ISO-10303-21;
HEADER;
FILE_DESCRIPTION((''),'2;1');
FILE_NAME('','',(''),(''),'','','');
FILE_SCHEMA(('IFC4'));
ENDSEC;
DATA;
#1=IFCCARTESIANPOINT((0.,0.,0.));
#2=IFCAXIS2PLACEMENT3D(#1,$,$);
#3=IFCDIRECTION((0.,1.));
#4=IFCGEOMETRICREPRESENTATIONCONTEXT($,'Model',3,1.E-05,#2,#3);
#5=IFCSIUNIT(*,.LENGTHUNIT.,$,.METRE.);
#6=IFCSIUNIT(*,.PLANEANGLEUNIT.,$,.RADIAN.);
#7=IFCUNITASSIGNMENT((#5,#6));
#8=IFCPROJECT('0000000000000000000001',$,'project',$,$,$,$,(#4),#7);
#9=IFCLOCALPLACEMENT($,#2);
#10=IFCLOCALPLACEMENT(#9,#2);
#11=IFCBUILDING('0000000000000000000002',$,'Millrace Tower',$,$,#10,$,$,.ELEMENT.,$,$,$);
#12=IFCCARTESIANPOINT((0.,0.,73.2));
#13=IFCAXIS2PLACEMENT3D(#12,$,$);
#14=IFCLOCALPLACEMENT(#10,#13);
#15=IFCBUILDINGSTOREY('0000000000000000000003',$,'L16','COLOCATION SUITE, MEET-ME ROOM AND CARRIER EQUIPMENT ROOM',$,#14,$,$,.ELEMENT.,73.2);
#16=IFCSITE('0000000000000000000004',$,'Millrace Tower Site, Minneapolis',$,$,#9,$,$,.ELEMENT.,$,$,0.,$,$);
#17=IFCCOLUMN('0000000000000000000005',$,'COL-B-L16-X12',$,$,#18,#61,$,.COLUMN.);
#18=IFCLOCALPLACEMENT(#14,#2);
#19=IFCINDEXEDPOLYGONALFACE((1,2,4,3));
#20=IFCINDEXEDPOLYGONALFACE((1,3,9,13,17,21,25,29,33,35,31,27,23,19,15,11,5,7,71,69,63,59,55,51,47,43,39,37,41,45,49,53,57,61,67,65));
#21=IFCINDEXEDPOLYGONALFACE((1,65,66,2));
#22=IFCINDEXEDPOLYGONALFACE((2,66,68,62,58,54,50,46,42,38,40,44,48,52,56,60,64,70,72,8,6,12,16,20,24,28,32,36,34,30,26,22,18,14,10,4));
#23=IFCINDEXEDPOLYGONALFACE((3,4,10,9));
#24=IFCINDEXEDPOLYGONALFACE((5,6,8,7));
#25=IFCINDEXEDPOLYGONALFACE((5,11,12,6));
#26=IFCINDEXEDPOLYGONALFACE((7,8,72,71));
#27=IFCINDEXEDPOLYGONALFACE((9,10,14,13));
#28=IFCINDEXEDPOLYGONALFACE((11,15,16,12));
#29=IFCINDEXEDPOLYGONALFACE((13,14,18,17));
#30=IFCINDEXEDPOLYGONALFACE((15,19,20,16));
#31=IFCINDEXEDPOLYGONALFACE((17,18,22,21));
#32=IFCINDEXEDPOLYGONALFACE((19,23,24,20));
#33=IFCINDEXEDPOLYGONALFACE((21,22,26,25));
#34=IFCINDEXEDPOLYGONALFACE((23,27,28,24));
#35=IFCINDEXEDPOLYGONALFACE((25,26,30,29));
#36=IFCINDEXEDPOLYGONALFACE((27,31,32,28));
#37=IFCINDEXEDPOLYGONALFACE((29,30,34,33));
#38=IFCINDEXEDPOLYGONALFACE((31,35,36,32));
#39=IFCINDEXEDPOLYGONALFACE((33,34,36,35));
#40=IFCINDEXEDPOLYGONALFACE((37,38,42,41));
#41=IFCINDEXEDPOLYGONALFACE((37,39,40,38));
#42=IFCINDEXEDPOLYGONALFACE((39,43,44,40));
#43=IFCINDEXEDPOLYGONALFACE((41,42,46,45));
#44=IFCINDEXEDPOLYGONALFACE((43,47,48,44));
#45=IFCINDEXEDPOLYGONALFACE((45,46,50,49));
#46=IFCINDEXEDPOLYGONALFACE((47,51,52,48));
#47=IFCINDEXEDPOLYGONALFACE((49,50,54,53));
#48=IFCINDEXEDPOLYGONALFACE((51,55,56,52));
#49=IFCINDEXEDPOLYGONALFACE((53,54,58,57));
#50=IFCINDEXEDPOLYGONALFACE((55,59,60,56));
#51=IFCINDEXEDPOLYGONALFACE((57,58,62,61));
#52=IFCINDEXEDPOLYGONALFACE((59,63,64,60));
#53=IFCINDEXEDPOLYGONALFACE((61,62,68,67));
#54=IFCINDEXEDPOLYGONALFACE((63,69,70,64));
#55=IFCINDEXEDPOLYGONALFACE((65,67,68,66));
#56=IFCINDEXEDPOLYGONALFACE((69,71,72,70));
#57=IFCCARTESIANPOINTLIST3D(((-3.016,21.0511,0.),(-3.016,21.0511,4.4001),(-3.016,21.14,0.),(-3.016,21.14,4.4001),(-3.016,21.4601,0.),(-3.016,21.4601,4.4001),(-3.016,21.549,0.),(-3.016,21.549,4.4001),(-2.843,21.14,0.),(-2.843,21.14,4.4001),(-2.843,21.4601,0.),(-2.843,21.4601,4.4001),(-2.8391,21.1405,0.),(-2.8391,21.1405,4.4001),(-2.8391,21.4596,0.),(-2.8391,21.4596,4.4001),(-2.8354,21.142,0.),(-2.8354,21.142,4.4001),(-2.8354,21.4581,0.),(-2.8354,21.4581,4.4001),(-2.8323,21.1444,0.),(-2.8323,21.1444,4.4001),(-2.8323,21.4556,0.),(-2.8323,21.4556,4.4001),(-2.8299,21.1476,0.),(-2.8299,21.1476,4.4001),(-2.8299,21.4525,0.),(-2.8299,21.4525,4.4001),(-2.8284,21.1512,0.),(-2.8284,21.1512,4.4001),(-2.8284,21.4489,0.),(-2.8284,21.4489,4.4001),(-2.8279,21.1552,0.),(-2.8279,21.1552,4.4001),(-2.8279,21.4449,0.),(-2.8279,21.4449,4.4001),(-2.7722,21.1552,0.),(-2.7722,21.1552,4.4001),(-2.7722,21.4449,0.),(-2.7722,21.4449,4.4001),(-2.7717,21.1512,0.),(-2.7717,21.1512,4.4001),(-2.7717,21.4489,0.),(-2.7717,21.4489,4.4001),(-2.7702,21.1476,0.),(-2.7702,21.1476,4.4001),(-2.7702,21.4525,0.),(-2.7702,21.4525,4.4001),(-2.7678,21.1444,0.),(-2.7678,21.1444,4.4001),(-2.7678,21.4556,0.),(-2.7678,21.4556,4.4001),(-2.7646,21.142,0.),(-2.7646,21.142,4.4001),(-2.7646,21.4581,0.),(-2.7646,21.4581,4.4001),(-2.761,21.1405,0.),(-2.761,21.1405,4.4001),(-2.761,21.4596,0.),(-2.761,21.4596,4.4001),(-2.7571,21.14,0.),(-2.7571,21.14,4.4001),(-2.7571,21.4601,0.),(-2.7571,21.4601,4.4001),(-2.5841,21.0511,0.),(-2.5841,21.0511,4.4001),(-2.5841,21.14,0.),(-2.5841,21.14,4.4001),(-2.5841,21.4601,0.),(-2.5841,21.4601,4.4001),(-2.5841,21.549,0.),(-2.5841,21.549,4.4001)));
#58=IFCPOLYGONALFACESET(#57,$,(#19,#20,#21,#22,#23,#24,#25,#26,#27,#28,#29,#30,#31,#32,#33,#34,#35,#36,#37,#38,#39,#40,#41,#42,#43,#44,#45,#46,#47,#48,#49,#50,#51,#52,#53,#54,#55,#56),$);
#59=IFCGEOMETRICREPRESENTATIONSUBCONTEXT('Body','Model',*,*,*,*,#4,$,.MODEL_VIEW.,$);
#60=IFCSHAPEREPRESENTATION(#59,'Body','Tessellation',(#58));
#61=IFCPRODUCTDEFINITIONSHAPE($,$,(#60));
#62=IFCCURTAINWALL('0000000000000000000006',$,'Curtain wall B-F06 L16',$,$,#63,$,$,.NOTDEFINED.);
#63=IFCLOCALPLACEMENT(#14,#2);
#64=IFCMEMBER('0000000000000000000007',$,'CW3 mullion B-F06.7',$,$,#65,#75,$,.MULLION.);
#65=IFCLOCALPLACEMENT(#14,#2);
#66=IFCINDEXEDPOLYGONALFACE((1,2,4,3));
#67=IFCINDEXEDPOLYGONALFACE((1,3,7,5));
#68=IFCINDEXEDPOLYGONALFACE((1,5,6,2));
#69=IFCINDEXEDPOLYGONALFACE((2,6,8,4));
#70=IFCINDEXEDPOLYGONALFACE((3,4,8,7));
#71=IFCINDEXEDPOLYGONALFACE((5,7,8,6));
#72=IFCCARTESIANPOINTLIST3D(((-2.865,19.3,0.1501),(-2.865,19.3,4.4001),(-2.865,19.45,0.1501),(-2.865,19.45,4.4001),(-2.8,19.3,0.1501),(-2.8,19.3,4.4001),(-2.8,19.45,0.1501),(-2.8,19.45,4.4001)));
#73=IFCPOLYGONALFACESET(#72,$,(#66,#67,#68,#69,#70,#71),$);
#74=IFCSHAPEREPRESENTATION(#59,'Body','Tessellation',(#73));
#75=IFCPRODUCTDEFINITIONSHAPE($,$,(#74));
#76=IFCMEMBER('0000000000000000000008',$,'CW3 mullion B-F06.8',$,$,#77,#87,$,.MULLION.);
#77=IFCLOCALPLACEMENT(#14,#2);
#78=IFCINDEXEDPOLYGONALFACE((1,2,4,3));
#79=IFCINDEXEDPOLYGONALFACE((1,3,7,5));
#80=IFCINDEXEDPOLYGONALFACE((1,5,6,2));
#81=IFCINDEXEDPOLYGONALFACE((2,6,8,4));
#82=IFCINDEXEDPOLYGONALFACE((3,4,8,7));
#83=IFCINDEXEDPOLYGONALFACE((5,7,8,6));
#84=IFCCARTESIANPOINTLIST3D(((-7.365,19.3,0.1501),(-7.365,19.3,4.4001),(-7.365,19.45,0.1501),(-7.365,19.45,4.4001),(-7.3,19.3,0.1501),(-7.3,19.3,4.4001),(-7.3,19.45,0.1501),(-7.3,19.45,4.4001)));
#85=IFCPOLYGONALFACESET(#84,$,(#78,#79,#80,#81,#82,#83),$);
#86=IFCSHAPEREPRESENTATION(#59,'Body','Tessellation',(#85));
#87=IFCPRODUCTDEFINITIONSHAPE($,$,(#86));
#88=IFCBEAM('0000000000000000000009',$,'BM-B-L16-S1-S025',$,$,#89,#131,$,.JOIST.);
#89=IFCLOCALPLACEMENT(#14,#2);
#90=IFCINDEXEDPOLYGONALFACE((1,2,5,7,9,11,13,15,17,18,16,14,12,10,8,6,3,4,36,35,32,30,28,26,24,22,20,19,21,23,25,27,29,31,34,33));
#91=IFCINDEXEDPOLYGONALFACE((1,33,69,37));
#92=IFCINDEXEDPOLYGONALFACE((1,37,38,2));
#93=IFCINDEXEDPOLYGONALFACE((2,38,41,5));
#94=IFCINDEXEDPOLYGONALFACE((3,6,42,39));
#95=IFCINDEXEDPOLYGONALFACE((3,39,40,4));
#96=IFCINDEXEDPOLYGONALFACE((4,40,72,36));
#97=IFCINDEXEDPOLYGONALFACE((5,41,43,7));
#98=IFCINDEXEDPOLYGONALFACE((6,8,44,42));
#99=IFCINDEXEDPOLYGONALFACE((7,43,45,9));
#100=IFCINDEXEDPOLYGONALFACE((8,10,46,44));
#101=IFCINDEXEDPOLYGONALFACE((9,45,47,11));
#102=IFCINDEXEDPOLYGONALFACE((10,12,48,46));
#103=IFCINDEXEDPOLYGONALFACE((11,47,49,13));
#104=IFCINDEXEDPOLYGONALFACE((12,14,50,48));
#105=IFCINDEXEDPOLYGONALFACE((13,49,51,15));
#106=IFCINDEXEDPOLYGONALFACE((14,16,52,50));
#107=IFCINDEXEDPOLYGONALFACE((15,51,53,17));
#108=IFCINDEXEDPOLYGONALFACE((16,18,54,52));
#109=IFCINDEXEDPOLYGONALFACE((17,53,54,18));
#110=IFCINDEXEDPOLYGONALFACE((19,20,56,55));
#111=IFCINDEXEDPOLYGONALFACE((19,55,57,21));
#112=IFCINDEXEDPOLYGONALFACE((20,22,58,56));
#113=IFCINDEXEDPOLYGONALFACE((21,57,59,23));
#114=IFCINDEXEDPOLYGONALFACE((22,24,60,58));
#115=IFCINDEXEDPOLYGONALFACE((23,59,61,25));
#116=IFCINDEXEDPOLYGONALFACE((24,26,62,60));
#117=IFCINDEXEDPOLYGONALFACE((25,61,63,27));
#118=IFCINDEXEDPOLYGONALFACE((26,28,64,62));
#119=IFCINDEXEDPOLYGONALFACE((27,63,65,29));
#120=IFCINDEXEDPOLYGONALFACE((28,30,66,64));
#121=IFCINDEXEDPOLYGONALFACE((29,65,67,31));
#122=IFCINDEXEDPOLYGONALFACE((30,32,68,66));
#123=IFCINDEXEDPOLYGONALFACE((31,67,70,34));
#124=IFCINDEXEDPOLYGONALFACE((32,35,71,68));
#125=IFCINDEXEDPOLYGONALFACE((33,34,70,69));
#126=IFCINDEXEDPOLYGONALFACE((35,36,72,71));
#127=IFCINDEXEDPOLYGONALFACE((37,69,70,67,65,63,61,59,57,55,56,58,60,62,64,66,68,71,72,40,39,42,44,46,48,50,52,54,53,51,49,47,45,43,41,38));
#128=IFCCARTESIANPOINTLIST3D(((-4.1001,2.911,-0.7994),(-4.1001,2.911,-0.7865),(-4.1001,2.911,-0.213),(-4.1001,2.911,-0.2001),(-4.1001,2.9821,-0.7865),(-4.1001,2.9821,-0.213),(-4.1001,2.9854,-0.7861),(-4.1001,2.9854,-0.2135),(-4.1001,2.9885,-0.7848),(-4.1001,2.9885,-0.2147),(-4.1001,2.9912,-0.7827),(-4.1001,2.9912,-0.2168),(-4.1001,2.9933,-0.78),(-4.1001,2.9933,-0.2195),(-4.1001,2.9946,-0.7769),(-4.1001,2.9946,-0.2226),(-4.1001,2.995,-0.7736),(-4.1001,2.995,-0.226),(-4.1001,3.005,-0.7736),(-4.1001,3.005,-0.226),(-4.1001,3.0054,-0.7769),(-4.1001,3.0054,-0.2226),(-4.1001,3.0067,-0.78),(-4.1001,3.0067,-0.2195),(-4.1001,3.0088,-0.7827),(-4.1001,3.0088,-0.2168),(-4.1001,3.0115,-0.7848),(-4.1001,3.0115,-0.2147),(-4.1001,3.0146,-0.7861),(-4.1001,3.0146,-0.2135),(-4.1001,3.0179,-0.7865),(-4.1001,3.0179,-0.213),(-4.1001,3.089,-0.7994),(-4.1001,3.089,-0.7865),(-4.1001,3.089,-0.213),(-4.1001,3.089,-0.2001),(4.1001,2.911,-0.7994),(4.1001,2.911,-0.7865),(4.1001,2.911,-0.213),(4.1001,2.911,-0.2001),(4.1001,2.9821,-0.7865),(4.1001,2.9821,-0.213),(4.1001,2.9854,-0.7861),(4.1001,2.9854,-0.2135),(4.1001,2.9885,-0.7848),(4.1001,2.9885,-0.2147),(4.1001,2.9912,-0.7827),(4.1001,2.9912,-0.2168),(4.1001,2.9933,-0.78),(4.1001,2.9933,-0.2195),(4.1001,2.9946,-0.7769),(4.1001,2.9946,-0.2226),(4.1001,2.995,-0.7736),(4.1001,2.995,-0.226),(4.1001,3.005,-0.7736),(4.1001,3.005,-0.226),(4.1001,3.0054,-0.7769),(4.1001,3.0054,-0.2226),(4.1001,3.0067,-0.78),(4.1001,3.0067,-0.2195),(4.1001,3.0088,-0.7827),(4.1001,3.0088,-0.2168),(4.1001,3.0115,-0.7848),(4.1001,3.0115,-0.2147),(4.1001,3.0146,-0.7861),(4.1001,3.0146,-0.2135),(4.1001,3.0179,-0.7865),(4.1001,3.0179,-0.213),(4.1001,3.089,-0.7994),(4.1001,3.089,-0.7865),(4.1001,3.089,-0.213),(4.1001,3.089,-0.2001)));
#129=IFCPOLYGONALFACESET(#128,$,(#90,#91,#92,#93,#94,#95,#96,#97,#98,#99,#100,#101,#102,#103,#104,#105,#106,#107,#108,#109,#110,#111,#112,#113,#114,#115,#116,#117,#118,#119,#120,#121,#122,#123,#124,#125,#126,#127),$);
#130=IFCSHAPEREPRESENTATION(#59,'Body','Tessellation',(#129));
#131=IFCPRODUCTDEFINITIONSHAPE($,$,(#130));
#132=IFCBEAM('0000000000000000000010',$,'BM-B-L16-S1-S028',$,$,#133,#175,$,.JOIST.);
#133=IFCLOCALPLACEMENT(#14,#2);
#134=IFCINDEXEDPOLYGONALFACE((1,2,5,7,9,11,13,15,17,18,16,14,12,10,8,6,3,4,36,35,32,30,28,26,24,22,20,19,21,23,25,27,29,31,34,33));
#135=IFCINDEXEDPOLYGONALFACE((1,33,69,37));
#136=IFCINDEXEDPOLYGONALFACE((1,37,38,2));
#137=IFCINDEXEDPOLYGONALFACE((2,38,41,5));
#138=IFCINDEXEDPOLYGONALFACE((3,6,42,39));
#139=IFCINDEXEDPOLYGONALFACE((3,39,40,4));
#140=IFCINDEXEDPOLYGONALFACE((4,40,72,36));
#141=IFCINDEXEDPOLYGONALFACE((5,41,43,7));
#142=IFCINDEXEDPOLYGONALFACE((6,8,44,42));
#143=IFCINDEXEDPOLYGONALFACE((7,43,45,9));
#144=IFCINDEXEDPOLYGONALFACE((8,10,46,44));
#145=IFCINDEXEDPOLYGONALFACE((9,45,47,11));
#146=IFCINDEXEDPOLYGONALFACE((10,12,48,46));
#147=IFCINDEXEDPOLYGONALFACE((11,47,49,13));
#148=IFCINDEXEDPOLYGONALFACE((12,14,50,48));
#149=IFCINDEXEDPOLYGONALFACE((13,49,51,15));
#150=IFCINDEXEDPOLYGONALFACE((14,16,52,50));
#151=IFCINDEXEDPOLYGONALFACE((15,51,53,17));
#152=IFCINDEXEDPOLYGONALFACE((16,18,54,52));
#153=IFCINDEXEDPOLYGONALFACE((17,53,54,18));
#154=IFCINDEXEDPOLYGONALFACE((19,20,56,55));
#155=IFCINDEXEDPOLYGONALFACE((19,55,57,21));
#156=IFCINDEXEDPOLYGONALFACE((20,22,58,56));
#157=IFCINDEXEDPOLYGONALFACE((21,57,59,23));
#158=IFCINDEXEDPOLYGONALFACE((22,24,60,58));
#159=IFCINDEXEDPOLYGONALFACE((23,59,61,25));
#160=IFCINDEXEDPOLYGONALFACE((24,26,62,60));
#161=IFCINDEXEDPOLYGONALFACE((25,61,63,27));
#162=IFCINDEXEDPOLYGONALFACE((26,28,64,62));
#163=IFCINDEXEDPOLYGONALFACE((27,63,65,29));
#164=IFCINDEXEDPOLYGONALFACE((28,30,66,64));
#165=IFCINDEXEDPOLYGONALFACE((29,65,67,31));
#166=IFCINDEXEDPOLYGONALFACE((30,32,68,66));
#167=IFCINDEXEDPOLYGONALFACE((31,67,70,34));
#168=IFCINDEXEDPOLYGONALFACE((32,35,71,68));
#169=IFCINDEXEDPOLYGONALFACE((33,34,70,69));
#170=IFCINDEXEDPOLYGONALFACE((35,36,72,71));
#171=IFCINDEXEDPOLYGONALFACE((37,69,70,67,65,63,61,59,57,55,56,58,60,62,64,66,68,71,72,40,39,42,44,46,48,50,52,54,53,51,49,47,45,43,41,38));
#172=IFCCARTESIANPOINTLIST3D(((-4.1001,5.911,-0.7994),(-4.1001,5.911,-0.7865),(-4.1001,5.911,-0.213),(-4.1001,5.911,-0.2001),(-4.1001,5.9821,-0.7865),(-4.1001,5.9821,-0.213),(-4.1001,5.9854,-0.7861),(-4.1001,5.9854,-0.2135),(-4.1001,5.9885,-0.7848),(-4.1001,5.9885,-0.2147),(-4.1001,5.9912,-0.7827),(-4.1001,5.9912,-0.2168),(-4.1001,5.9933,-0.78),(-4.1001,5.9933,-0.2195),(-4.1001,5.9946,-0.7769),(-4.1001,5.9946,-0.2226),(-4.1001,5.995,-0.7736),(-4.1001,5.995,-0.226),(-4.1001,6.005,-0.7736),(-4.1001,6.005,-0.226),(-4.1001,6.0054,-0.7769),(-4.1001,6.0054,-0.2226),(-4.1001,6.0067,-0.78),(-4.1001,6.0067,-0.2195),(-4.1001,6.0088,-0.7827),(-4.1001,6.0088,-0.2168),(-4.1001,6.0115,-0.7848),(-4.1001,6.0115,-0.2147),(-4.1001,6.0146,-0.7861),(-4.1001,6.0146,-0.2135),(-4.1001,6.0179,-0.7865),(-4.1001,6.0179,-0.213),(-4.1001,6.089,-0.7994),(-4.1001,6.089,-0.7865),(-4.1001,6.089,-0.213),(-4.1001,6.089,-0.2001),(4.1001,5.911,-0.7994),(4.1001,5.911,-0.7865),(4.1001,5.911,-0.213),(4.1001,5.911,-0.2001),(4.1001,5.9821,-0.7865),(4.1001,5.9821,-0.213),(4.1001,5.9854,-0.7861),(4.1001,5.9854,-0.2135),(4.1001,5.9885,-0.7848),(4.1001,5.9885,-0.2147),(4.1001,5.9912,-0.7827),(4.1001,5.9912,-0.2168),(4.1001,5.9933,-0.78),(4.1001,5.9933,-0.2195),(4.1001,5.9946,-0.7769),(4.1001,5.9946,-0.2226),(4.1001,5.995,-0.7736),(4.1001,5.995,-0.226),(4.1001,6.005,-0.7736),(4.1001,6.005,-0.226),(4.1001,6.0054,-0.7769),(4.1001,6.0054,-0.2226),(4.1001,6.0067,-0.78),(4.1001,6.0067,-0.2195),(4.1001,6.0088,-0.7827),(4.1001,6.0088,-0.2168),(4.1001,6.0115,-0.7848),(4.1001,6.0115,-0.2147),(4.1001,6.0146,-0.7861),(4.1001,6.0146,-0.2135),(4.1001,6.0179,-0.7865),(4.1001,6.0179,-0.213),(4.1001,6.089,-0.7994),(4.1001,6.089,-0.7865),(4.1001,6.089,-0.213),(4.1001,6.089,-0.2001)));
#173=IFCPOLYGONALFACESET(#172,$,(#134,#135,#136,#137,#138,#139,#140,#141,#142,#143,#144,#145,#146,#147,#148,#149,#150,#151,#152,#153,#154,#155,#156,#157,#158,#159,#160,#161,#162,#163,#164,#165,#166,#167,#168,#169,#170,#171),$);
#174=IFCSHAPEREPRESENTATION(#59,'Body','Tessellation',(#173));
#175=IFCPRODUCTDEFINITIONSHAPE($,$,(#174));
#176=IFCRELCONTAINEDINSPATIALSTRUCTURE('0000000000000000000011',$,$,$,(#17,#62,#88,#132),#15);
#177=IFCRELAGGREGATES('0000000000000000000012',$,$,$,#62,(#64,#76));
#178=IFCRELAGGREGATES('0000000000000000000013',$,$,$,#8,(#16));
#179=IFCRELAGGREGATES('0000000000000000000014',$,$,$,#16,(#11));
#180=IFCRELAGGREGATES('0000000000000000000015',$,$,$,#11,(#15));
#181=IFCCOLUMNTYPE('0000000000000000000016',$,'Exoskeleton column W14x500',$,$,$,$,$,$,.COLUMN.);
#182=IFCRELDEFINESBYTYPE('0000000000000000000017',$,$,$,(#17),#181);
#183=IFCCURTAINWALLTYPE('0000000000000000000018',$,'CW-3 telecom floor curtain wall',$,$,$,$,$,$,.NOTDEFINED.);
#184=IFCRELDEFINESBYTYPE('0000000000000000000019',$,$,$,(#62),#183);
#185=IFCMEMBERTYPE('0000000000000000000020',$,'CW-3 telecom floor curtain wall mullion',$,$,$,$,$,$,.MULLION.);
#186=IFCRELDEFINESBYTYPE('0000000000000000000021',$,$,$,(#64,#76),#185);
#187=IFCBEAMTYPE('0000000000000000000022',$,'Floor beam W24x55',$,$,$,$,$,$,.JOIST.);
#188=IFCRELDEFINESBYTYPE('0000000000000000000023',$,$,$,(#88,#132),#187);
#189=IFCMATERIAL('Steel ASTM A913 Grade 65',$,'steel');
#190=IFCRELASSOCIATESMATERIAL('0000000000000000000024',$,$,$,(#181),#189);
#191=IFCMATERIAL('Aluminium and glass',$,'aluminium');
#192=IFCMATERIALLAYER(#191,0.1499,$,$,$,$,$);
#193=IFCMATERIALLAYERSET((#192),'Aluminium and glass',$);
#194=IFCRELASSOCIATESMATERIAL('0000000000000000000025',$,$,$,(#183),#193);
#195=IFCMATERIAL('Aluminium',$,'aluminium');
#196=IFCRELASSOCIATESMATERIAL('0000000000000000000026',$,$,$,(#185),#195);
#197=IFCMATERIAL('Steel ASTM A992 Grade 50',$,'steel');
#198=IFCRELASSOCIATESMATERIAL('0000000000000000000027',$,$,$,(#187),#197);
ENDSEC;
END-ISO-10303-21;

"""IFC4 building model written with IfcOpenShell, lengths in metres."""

from ifc_helpers import new_model, si_unit, direction, frame, origin, origin_2d, place, context, subcontext, project, spatial, rectangle, i_section, extrude, material, layer, layer_set, material_profile, profile_set, type_object, element, aggregate, save


model = new_model("IFC4")

# Units and contexts
model_context = context("Model", 3, precision=1e-05, world=origin(), true_north=direction((0.0, 1.0)))
body_context = subcontext(model_context, "Body", "Model", "MODEL_VIEW")
ifc_project = project(units=[si_unit("LENGTHUNIT", "METRE"), si_unit("PLANEANGLEUNIT", "RADIAN")], contexts=[model_context])

# Site, building, storey
site_placement = place(None, origin())
site = spatial("IfcSite", under=ifc_project, at=site_placement, Name="Millrace Tower Site, Minneapolis", CompositionType="ELEMENT", RefElevation=0.0)
building_placement = place(site_placement, origin())
building = spatial("IfcBuilding", under=site, at=building_placement, Name="Millrace Tower", CompositionType="ELEMENT")
storey_placement = place(building_placement, frame((0.0, 0.0, 73.2)))
storey = spatial("IfcBuildingStorey", under=building, at=storey_placement, Name="L16", Description="COLOCATION SUITE, MEET-ME ROOM AND CARRIER EQUIPMENT ROOM", CompositionType="ELEMENT", Elevation=73.2)

# Column
ifc_material_1 = material(Name="Steel ASTM A913 Grade 65", Category="steel")
ifc_material_profile_1 = material_profile(ifc_material_1, i_section(OverallWidth=0.4319, OverallDepth=0.4978, WebThickness=0.0557, FlangeThickness=0.0889, FilletRadius=0.0151, at=origin_2d()))
ifc_profile_set_1 = profile_set([ifc_material_profile_1], Name="Steel ASTM A913 Grade 65")
column_type = type_object("IfcColumnType", Name="Exoskeleton column W14x500", PredefinedType="COLUMN", material=ifc_profile_set_1)
column_placement = place(storey_placement, frame((-2.8, 21.3, 0.0), z_axis=(0.0, 0.0, 1.0), x_axis=(-1.0, 0.0, 0.0)))
element("IfcColumn", 1, at=column_placement, inside=storey, type_object=column_type, Name="COL-B-L16-X12", PredefinedType="COLUMN", context=body_context, shape_type="SweptSolid", body=[
    extrude(i_section(OverallWidth=0.4319, OverallDepth=0.4978, WebThickness=0.0557, FlangeThickness=0.0889, FilletRadius=0.0151, at=origin_2d()), origin(), (0.0, 0.0, 1.0), 4.4001),
])

# Curtain wall, members
ifc_material_2 = material(Name="Aluminium and glass", Category="aluminium")
ifc_layer_1 = layer(ifc_material_2, 0.1499)
ifc_layer_set_1 = layer_set([ifc_layer_1], Name="Aluminium and glass")
curtain_wall_type = type_object("IfcCurtainWallType", Name="CW-3 telecom floor curtain wall", PredefinedType="NOTDEFINED", material=ifc_layer_set_1)
placement = place(storey_placement, origin())
curtain_wall = element("IfcCurtainWall", 2, at=placement, inside=storey, type_object=curtain_wall_type, Name="Curtain wall B-F06 L16", PredefinedType="NOTDEFINED")
ifc_material_3 = material(Name="Aluminium", Category="aluminium")
ifc_material_profile_2 = material_profile(ifc_material_3, rectangle(XDim=0.0649, YDim=0.1499, at=origin_2d()))
ifc_profile_set_2 = profile_set([ifc_material_profile_2], Name="Aluminium")
member_type = type_object("IfcMemberType", Name="CW-3 telecom floor curtain wall mullion", PredefinedType="MULLION", material=ifc_profile_set_2)
member_1_placement = place(storey_placement, frame((-2.8325, 19.375, 0.1501), z_axis=(0.0, 0.0, 1.0), x_axis=(-1.0, 0.0, 0.0)))
member_1 = element("IfcMember", 3, at=member_1_placement, type_object=member_type, Name="CW3 mullion B-F06.7", PredefinedType="MULLION", context=body_context, shape_type="SweptSolid", body=[
    extrude(rectangle(XDim=0.0649, YDim=0.1499, at=origin_2d()), origin(), (0.0, 0.0, 1.0), 4.25),
])
member_2_placement = place(storey_placement, frame((-7.3325, 19.375, 0.1501), z_axis=(0.0, 0.0, 1.0), x_axis=(-1.0, 0.0, 0.0)))
member_2 = element("IfcMember", 4, at=member_2_placement, type_object=member_type, Name="CW3 mullion B-F06.8", PredefinedType="MULLION", context=body_context, shape_type="SweptSolid", body=[
    extrude(rectangle(XDim=0.0649, YDim=0.1499, at=origin_2d()), origin(), (0.0, 0.0, 1.0), 4.25),
])
aggregate(curtain_wall, [member_1, member_2])

# Beams
ifc_material_4 = material(Name="Steel ASTM A992 Grade 50", Category="steel")
ifc_material_profile_3 = material_profile(ifc_material_4, i_section(OverallWidth=0.178, OverallDepth=0.5994, WebThickness=0.01, FlangeThickness=0.0129, FilletRadius=0.0129, at=origin_2d()))
ifc_profile_set_3 = profile_set([ifc_material_profile_3], Name="Steel ASTM A992 Grade 50")
beam_type_1 = type_object("IfcBeamType", Name="Floor beam W24x55", PredefinedType="JOIST", material=ifc_profile_set_3)
for number, where, z_axis, x_axis, name in (
    (5, (-4.1001, 3.0, -0.4998), (1.0, 0.0, 0.0), (0.0, 1.0, 0.0), "BM-B-L16-S1-S025"),
    (6, (-4.1001, 6.0, -0.4998), (1.0, 0.0, 0.0), (0.0, 1.0, 0.0), "BM-B-L16-S1-S028"),
):
    element("IfcBeam", number, at=place(storey_placement, frame(where, z_axis=z_axis, x_axis=x_axis)), inside=storey, type_object=beam_type_1, Name=name, PredefinedType="JOIST", context=body_context, shape_type="SweptSolid", body=[
        extrude(i_section(OverallWidth=0.178, OverallDepth=0.5994, WebThickness=0.01, FlangeThickness=0.0129, FilletRadius=0.0129, at=origin_2d()), origin(), (0.0, 0.0, 1.0), 8.2002),
    ])

save(model, "model.ifc")
